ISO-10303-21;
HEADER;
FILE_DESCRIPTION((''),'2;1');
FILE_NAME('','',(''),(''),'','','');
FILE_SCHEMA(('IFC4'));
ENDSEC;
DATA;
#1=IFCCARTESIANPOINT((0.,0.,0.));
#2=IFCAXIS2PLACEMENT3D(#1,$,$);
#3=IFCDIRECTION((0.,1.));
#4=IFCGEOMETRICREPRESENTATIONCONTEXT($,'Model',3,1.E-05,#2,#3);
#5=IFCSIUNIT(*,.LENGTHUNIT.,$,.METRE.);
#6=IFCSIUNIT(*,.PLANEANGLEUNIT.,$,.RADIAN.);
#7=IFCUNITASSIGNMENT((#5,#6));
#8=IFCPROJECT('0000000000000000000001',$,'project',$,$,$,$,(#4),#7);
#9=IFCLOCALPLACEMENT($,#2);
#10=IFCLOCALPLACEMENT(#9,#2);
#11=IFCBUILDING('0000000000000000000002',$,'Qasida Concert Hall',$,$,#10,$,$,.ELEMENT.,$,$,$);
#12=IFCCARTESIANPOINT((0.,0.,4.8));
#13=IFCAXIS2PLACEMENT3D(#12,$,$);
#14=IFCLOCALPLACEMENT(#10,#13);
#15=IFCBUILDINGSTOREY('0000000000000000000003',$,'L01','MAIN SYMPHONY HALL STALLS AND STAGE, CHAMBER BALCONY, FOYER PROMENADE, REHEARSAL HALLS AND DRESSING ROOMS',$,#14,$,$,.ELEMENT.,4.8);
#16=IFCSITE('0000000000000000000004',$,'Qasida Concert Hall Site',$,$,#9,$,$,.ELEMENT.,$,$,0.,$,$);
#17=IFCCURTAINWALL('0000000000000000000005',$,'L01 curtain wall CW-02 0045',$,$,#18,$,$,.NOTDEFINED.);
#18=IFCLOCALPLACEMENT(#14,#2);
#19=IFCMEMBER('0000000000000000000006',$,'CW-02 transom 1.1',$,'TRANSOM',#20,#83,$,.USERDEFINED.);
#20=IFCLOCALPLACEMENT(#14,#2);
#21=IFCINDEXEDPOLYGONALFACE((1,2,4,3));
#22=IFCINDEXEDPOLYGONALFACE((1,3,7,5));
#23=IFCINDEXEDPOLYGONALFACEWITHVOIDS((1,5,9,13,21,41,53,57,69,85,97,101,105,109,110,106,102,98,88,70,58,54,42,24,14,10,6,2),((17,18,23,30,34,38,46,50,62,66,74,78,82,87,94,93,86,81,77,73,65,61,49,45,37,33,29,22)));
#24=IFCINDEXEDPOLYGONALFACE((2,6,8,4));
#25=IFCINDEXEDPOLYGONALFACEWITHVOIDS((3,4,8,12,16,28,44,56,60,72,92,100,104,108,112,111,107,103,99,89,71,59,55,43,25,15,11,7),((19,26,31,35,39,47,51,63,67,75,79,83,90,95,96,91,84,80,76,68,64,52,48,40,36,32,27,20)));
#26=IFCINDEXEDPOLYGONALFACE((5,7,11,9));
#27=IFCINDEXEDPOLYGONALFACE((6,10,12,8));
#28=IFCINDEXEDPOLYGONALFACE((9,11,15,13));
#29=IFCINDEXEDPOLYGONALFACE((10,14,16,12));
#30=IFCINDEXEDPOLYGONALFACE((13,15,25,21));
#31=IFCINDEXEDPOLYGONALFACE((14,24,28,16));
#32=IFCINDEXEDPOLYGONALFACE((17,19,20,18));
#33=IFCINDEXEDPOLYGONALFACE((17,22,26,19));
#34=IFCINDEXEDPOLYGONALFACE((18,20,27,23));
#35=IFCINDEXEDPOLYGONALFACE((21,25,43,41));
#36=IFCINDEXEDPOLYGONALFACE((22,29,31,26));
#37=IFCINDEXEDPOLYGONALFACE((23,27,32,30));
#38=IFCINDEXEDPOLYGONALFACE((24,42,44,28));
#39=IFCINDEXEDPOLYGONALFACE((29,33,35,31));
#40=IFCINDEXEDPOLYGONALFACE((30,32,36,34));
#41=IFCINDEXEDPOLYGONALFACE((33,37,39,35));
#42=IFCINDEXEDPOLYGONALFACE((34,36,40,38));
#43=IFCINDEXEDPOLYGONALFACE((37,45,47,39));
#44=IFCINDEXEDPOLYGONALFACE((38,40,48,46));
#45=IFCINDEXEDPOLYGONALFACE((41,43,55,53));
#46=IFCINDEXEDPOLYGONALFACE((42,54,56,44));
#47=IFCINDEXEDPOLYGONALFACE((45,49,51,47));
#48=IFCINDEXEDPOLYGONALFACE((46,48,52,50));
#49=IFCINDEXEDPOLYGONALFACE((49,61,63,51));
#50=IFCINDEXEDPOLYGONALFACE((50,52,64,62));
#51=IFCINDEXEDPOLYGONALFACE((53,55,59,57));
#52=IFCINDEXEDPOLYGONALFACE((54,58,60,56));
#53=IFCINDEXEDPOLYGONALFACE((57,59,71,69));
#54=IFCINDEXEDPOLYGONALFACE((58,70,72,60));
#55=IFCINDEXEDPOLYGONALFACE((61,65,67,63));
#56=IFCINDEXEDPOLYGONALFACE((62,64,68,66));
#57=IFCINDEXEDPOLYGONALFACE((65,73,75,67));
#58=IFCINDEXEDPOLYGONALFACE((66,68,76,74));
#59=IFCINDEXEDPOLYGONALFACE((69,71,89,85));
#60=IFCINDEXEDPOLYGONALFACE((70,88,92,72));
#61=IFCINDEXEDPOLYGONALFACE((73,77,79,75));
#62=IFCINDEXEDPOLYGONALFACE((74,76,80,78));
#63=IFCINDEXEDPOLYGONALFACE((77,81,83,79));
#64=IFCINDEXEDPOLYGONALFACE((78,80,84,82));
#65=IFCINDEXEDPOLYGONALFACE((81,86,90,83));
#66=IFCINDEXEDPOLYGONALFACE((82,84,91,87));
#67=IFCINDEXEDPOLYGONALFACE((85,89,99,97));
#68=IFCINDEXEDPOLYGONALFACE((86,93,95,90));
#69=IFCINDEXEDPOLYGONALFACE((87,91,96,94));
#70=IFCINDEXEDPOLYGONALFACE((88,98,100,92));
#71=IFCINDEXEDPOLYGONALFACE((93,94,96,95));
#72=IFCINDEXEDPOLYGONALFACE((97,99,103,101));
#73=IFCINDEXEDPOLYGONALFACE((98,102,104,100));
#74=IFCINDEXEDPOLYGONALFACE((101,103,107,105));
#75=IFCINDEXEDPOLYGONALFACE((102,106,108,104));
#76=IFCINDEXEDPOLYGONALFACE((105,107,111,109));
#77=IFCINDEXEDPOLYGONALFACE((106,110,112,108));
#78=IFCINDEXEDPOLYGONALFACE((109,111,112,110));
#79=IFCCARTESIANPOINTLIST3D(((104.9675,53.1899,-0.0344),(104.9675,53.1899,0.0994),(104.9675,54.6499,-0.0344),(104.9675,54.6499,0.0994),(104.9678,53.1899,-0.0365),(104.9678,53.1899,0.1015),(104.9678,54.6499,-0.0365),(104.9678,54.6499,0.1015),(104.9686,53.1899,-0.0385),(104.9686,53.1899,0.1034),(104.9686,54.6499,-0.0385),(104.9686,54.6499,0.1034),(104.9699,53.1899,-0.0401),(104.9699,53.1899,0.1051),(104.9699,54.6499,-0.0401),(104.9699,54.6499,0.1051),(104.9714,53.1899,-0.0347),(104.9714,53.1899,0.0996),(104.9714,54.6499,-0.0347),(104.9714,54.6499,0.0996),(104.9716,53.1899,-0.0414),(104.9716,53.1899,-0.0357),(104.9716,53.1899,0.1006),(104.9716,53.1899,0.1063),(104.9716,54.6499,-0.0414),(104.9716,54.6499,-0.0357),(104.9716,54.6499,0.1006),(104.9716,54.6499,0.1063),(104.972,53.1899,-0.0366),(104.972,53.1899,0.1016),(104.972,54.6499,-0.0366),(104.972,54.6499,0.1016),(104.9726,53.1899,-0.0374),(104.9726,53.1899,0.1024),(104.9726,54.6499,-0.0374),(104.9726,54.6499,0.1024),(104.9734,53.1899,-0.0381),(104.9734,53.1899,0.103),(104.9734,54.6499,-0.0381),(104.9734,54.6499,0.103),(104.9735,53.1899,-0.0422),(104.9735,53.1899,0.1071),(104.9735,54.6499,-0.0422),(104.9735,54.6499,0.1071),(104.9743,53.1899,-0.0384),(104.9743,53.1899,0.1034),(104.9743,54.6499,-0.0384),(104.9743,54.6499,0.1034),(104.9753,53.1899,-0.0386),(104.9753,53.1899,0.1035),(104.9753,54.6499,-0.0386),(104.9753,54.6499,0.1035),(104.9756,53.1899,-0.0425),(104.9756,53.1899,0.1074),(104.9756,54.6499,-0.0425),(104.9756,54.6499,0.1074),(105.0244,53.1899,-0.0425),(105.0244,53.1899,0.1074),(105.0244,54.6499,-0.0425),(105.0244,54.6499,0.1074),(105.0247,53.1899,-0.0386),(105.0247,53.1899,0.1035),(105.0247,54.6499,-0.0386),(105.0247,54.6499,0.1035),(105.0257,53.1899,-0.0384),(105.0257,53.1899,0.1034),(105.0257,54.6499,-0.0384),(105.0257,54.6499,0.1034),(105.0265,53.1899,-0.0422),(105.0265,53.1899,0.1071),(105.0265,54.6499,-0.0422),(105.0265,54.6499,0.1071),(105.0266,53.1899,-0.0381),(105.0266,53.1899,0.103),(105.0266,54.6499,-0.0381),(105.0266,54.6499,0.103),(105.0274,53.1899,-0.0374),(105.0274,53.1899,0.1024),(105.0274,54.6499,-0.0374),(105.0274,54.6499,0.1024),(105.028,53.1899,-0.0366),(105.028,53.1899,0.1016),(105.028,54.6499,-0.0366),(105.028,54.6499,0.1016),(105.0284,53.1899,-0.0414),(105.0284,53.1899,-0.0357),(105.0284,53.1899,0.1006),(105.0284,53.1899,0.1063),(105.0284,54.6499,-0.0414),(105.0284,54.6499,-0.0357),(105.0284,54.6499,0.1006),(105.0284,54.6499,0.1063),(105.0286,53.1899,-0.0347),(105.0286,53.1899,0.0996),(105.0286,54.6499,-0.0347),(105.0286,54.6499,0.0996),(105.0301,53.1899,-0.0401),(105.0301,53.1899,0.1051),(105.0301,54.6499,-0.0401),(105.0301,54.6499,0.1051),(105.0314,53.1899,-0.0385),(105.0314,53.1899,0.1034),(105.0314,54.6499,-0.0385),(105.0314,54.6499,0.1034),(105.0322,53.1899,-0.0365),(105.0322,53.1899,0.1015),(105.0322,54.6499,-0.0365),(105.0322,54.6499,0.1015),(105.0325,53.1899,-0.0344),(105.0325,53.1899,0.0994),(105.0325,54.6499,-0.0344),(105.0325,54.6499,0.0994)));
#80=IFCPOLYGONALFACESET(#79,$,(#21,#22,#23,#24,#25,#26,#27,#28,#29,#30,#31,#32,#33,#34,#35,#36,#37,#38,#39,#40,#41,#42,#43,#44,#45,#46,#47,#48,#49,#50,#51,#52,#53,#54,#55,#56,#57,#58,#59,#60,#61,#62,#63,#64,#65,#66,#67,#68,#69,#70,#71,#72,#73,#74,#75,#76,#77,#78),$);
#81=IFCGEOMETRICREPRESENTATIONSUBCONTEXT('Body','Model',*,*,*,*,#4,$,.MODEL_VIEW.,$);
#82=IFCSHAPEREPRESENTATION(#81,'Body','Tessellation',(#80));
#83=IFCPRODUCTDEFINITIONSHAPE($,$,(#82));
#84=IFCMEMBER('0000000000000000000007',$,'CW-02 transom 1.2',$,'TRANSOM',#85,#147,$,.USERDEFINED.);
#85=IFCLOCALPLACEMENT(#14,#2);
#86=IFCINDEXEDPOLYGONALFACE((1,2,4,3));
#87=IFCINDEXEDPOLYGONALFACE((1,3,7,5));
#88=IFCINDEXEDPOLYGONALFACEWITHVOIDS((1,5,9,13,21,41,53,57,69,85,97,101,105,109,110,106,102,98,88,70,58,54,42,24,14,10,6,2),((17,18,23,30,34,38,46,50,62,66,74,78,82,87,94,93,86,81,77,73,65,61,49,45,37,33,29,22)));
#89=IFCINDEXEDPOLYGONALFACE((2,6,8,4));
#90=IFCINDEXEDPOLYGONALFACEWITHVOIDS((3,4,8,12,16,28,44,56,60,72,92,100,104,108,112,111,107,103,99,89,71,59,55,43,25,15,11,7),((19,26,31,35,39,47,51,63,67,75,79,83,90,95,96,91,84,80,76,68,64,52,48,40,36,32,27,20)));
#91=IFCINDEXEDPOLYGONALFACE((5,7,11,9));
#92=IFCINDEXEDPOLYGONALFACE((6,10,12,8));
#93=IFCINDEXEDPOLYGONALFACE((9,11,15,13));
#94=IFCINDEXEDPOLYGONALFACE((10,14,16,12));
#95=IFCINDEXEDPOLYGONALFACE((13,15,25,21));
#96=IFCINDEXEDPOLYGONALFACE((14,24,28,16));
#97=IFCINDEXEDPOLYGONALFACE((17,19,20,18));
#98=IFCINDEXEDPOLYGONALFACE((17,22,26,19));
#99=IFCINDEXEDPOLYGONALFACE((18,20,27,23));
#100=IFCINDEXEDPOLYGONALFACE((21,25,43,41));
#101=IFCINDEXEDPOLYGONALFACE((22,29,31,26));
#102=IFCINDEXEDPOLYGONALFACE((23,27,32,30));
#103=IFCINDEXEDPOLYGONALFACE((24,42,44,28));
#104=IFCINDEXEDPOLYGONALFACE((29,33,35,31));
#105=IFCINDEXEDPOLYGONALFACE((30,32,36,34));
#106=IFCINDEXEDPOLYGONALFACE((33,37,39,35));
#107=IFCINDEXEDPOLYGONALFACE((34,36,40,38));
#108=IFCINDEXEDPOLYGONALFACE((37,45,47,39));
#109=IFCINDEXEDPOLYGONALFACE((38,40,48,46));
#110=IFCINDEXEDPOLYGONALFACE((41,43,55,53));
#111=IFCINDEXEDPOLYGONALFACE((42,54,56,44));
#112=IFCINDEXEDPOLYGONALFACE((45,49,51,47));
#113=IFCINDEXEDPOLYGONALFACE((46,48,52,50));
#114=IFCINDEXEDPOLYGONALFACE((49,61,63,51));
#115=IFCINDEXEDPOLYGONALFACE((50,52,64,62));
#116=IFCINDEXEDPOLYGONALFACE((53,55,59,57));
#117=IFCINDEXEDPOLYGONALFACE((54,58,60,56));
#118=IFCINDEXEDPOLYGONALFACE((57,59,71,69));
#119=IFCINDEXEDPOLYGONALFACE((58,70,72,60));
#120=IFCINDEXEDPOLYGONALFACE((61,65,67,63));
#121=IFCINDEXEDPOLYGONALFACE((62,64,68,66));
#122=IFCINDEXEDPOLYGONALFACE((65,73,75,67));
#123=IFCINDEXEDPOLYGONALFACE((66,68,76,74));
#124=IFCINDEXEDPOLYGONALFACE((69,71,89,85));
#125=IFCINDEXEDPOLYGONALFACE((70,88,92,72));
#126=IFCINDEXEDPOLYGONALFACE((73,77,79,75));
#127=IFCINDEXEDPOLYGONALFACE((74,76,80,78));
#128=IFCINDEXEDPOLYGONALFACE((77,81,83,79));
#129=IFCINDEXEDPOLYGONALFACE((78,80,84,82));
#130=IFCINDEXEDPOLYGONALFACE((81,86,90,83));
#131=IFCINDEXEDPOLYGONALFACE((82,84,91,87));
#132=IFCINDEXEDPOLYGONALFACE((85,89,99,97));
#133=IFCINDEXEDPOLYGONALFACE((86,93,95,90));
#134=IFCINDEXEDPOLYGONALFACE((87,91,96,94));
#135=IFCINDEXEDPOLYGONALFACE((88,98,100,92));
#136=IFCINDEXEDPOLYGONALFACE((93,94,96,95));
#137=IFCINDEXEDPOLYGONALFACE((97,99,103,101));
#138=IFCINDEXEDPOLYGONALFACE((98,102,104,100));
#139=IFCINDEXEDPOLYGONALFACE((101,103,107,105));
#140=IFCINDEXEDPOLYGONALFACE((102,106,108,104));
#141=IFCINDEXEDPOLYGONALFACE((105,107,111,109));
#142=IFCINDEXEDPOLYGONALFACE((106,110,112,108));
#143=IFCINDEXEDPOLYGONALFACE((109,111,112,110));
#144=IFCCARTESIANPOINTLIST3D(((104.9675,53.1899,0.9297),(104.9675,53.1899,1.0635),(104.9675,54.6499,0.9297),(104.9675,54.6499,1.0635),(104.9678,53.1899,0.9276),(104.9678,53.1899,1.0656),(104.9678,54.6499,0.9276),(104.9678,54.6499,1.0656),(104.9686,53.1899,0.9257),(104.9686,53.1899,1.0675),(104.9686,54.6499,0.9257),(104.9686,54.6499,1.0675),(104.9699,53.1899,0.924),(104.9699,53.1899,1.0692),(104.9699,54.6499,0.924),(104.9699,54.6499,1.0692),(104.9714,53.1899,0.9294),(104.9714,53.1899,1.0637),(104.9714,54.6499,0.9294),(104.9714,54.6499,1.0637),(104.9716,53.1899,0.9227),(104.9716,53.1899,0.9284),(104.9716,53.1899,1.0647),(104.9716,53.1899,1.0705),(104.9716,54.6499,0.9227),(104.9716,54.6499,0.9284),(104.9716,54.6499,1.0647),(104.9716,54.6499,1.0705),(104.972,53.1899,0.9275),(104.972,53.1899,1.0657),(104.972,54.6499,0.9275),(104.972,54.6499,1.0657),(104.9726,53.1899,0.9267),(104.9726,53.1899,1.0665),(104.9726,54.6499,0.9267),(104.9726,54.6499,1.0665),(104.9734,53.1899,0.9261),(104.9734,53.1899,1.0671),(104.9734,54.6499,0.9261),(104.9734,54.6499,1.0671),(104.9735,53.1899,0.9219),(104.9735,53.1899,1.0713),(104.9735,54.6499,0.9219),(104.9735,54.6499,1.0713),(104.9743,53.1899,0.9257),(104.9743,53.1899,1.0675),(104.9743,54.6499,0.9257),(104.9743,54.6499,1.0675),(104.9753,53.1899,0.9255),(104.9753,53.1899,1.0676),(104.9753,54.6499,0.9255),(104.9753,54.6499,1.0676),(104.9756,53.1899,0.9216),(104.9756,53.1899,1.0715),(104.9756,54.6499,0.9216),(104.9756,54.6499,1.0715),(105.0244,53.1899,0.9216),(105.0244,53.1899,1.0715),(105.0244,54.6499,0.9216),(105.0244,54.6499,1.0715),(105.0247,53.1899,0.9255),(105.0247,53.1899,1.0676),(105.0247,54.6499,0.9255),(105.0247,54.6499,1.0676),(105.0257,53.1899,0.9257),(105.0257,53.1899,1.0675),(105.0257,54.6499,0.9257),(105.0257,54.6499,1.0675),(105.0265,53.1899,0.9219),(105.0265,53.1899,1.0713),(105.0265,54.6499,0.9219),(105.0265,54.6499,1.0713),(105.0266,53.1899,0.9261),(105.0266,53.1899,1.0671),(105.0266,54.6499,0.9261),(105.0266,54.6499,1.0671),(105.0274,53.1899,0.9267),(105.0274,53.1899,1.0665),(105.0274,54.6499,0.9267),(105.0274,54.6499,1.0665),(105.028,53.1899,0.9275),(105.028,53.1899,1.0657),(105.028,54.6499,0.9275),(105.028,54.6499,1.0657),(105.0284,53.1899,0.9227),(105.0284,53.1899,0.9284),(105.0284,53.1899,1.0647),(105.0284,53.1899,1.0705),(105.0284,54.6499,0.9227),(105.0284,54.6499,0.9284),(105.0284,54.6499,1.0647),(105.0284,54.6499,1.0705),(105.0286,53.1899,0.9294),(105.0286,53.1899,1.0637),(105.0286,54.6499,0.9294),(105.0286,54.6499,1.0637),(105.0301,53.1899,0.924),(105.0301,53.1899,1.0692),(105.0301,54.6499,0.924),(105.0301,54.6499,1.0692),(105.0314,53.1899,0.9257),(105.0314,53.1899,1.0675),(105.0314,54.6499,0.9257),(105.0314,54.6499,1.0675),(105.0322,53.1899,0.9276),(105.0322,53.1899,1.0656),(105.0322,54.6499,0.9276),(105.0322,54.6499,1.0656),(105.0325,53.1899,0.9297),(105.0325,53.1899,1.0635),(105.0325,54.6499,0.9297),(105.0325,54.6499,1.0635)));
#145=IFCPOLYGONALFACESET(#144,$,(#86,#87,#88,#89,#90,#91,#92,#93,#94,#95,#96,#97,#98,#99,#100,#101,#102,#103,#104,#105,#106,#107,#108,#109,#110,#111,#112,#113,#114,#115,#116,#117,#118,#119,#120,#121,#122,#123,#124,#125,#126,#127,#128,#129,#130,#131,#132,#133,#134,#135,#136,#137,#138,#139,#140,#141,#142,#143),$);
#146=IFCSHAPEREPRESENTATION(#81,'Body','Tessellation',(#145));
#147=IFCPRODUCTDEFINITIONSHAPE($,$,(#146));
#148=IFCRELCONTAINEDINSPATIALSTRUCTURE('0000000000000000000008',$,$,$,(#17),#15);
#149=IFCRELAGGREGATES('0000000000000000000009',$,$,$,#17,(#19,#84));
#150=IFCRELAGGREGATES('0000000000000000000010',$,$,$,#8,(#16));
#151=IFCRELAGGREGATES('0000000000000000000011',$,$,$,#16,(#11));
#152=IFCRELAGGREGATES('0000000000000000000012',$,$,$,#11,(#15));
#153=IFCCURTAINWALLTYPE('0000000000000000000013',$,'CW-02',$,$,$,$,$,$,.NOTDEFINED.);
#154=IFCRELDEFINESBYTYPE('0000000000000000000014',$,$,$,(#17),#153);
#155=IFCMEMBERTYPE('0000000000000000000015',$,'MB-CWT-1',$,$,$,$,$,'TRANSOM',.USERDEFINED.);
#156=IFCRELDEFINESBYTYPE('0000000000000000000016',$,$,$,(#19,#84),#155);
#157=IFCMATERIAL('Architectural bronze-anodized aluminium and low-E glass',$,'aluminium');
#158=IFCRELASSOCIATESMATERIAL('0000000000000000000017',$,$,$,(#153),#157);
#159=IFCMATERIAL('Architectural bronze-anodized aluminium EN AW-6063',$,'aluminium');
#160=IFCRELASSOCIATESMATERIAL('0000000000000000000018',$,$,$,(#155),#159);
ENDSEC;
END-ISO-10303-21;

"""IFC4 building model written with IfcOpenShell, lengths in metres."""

from ifc_helpers import new_model, si_unit, direction, frame, origin, origin_2d, place, context, subcontext, project, spatial, hollow_rectangle, extrude, material, material_profile, profile_set, type_object, element, aggregate, save


model = new_model("IFC4")

# Units and contexts
model_context = context("Model", 3, precision=1e-05, world=origin(), true_north=direction((0.0, 1.0)))
body_context = subcontext(model_context, "Body", "Model", "MODEL_VIEW")
ifc_project = project(units=[si_unit("LENGTHUNIT", "METRE"), si_unit("PLANEANGLEUNIT", "RADIAN")], contexts=[model_context])

# Site, building, storey
site_placement = place(None, origin())
site = spatial("IfcSite", under=ifc_project, at=site_placement, Name="Qasida Concert Hall Site", CompositionType="ELEMENT", RefElevation=0.0)
building_placement = place(site_placement, origin())
building = spatial("IfcBuilding", under=site, at=building_placement, Name="Qasida Concert Hall", CompositionType="ELEMENT")
storey_placement = place(building_placement, frame((0.0, 0.0, 4.8)))
storey = spatial("IfcBuildingStorey", under=building, at=storey_placement, Name="L01", Description="MAIN SYMPHONY HALL STALLS AND STAGE, CHAMBER BALCONY, FOYER PROMENADE, REHEARSAL HALLS AND DRESSING ROOMS", CompositionType="ELEMENT", Elevation=4.8)

# Curtain wall, members
ifc_material_1 = material(Name="Architectural bronze-anodized aluminium and low-E glass", Category="aluminium")
curtain_wall_type = type_object("IfcCurtainWallType", Name="CW-02", PredefinedType="NOTDEFINED", material=ifc_material_1)
curtain_wall_placement = place(storey_placement, origin())
curtain_wall = element("IfcCurtainWall", 1, at=curtain_wall_placement, inside=storey, type_object=curtain_wall_type, Name="L01 curtain wall CW-02 0045", PredefinedType="NOTDEFINED")
ifc_material_2 = material(Name="Architectural bronze-anodized aluminium EN AW-6063", Category="aluminium")
ifc_material_profile_1 = material_profile(ifc_material_2, hollow_rectangle(XDim=0.0649, YDim=0.1499, WallThickness=0.0039, InnerFilletRadius=0.0039, OuterFilletRadius=0.0081, at=origin_2d()), Name="CWT 150x65x4")
ifc_profile_set_1 = profile_set([ifc_material_profile_1], Name="Architectural bronze-anodized aluminium EN AW-6063")
member_type_1 = type_object("IfcMemberType", Name="MB-CWT-1", ElementType="TRANSOM", PredefinedType="USERDEFINED", material=ifc_profile_set_1)
member_1_placement = place(storey_placement, frame((105.0, 53.1899, 0.0325), z_axis=(0.0, 1.0, 0.0), x_axis=(-1.0, 0.0, 0.0)))
member_1 = element("IfcMember", 2, at=member_1_placement, type_object=member_type_1, Name="CW-02 transom 1.1", ObjectType="TRANSOM", PredefinedType="USERDEFINED", context=body_context, shape_type="SweptSolid", body=[
    extrude(hollow_rectangle(XDim=0.0649, YDim=0.1499, WallThickness=0.0039, InnerFilletRadius=0.0039, OuterFilletRadius=0.0081, at=origin_2d()), origin(), (0.0, 0.0, 1.0), 1.46),
])
member_2_placement = place(storey_placement, frame((105.0, 53.1899, 0.9966), z_axis=(0.0, 1.0, 0.0), x_axis=(-1.0, 0.0, 0.0)))
member_2 = element("IfcMember", 3, at=member_2_placement, type_object=member_type_1, Name="CW-02 transom 1.2", ObjectType="TRANSOM", PredefinedType="USERDEFINED", context=body_context, shape_type="SweptSolid", body=[
    extrude(hollow_rectangle(XDim=0.0649, YDim=0.1499, WallThickness=0.0039, InnerFilletRadius=0.0039, OuterFilletRadius=0.0081, at=origin_2d()), origin(), (0.0, 0.0, 1.0), 1.46),
])
aggregate(curtain_wall, [member_1, member_2])

save(model, "model.ifc")
